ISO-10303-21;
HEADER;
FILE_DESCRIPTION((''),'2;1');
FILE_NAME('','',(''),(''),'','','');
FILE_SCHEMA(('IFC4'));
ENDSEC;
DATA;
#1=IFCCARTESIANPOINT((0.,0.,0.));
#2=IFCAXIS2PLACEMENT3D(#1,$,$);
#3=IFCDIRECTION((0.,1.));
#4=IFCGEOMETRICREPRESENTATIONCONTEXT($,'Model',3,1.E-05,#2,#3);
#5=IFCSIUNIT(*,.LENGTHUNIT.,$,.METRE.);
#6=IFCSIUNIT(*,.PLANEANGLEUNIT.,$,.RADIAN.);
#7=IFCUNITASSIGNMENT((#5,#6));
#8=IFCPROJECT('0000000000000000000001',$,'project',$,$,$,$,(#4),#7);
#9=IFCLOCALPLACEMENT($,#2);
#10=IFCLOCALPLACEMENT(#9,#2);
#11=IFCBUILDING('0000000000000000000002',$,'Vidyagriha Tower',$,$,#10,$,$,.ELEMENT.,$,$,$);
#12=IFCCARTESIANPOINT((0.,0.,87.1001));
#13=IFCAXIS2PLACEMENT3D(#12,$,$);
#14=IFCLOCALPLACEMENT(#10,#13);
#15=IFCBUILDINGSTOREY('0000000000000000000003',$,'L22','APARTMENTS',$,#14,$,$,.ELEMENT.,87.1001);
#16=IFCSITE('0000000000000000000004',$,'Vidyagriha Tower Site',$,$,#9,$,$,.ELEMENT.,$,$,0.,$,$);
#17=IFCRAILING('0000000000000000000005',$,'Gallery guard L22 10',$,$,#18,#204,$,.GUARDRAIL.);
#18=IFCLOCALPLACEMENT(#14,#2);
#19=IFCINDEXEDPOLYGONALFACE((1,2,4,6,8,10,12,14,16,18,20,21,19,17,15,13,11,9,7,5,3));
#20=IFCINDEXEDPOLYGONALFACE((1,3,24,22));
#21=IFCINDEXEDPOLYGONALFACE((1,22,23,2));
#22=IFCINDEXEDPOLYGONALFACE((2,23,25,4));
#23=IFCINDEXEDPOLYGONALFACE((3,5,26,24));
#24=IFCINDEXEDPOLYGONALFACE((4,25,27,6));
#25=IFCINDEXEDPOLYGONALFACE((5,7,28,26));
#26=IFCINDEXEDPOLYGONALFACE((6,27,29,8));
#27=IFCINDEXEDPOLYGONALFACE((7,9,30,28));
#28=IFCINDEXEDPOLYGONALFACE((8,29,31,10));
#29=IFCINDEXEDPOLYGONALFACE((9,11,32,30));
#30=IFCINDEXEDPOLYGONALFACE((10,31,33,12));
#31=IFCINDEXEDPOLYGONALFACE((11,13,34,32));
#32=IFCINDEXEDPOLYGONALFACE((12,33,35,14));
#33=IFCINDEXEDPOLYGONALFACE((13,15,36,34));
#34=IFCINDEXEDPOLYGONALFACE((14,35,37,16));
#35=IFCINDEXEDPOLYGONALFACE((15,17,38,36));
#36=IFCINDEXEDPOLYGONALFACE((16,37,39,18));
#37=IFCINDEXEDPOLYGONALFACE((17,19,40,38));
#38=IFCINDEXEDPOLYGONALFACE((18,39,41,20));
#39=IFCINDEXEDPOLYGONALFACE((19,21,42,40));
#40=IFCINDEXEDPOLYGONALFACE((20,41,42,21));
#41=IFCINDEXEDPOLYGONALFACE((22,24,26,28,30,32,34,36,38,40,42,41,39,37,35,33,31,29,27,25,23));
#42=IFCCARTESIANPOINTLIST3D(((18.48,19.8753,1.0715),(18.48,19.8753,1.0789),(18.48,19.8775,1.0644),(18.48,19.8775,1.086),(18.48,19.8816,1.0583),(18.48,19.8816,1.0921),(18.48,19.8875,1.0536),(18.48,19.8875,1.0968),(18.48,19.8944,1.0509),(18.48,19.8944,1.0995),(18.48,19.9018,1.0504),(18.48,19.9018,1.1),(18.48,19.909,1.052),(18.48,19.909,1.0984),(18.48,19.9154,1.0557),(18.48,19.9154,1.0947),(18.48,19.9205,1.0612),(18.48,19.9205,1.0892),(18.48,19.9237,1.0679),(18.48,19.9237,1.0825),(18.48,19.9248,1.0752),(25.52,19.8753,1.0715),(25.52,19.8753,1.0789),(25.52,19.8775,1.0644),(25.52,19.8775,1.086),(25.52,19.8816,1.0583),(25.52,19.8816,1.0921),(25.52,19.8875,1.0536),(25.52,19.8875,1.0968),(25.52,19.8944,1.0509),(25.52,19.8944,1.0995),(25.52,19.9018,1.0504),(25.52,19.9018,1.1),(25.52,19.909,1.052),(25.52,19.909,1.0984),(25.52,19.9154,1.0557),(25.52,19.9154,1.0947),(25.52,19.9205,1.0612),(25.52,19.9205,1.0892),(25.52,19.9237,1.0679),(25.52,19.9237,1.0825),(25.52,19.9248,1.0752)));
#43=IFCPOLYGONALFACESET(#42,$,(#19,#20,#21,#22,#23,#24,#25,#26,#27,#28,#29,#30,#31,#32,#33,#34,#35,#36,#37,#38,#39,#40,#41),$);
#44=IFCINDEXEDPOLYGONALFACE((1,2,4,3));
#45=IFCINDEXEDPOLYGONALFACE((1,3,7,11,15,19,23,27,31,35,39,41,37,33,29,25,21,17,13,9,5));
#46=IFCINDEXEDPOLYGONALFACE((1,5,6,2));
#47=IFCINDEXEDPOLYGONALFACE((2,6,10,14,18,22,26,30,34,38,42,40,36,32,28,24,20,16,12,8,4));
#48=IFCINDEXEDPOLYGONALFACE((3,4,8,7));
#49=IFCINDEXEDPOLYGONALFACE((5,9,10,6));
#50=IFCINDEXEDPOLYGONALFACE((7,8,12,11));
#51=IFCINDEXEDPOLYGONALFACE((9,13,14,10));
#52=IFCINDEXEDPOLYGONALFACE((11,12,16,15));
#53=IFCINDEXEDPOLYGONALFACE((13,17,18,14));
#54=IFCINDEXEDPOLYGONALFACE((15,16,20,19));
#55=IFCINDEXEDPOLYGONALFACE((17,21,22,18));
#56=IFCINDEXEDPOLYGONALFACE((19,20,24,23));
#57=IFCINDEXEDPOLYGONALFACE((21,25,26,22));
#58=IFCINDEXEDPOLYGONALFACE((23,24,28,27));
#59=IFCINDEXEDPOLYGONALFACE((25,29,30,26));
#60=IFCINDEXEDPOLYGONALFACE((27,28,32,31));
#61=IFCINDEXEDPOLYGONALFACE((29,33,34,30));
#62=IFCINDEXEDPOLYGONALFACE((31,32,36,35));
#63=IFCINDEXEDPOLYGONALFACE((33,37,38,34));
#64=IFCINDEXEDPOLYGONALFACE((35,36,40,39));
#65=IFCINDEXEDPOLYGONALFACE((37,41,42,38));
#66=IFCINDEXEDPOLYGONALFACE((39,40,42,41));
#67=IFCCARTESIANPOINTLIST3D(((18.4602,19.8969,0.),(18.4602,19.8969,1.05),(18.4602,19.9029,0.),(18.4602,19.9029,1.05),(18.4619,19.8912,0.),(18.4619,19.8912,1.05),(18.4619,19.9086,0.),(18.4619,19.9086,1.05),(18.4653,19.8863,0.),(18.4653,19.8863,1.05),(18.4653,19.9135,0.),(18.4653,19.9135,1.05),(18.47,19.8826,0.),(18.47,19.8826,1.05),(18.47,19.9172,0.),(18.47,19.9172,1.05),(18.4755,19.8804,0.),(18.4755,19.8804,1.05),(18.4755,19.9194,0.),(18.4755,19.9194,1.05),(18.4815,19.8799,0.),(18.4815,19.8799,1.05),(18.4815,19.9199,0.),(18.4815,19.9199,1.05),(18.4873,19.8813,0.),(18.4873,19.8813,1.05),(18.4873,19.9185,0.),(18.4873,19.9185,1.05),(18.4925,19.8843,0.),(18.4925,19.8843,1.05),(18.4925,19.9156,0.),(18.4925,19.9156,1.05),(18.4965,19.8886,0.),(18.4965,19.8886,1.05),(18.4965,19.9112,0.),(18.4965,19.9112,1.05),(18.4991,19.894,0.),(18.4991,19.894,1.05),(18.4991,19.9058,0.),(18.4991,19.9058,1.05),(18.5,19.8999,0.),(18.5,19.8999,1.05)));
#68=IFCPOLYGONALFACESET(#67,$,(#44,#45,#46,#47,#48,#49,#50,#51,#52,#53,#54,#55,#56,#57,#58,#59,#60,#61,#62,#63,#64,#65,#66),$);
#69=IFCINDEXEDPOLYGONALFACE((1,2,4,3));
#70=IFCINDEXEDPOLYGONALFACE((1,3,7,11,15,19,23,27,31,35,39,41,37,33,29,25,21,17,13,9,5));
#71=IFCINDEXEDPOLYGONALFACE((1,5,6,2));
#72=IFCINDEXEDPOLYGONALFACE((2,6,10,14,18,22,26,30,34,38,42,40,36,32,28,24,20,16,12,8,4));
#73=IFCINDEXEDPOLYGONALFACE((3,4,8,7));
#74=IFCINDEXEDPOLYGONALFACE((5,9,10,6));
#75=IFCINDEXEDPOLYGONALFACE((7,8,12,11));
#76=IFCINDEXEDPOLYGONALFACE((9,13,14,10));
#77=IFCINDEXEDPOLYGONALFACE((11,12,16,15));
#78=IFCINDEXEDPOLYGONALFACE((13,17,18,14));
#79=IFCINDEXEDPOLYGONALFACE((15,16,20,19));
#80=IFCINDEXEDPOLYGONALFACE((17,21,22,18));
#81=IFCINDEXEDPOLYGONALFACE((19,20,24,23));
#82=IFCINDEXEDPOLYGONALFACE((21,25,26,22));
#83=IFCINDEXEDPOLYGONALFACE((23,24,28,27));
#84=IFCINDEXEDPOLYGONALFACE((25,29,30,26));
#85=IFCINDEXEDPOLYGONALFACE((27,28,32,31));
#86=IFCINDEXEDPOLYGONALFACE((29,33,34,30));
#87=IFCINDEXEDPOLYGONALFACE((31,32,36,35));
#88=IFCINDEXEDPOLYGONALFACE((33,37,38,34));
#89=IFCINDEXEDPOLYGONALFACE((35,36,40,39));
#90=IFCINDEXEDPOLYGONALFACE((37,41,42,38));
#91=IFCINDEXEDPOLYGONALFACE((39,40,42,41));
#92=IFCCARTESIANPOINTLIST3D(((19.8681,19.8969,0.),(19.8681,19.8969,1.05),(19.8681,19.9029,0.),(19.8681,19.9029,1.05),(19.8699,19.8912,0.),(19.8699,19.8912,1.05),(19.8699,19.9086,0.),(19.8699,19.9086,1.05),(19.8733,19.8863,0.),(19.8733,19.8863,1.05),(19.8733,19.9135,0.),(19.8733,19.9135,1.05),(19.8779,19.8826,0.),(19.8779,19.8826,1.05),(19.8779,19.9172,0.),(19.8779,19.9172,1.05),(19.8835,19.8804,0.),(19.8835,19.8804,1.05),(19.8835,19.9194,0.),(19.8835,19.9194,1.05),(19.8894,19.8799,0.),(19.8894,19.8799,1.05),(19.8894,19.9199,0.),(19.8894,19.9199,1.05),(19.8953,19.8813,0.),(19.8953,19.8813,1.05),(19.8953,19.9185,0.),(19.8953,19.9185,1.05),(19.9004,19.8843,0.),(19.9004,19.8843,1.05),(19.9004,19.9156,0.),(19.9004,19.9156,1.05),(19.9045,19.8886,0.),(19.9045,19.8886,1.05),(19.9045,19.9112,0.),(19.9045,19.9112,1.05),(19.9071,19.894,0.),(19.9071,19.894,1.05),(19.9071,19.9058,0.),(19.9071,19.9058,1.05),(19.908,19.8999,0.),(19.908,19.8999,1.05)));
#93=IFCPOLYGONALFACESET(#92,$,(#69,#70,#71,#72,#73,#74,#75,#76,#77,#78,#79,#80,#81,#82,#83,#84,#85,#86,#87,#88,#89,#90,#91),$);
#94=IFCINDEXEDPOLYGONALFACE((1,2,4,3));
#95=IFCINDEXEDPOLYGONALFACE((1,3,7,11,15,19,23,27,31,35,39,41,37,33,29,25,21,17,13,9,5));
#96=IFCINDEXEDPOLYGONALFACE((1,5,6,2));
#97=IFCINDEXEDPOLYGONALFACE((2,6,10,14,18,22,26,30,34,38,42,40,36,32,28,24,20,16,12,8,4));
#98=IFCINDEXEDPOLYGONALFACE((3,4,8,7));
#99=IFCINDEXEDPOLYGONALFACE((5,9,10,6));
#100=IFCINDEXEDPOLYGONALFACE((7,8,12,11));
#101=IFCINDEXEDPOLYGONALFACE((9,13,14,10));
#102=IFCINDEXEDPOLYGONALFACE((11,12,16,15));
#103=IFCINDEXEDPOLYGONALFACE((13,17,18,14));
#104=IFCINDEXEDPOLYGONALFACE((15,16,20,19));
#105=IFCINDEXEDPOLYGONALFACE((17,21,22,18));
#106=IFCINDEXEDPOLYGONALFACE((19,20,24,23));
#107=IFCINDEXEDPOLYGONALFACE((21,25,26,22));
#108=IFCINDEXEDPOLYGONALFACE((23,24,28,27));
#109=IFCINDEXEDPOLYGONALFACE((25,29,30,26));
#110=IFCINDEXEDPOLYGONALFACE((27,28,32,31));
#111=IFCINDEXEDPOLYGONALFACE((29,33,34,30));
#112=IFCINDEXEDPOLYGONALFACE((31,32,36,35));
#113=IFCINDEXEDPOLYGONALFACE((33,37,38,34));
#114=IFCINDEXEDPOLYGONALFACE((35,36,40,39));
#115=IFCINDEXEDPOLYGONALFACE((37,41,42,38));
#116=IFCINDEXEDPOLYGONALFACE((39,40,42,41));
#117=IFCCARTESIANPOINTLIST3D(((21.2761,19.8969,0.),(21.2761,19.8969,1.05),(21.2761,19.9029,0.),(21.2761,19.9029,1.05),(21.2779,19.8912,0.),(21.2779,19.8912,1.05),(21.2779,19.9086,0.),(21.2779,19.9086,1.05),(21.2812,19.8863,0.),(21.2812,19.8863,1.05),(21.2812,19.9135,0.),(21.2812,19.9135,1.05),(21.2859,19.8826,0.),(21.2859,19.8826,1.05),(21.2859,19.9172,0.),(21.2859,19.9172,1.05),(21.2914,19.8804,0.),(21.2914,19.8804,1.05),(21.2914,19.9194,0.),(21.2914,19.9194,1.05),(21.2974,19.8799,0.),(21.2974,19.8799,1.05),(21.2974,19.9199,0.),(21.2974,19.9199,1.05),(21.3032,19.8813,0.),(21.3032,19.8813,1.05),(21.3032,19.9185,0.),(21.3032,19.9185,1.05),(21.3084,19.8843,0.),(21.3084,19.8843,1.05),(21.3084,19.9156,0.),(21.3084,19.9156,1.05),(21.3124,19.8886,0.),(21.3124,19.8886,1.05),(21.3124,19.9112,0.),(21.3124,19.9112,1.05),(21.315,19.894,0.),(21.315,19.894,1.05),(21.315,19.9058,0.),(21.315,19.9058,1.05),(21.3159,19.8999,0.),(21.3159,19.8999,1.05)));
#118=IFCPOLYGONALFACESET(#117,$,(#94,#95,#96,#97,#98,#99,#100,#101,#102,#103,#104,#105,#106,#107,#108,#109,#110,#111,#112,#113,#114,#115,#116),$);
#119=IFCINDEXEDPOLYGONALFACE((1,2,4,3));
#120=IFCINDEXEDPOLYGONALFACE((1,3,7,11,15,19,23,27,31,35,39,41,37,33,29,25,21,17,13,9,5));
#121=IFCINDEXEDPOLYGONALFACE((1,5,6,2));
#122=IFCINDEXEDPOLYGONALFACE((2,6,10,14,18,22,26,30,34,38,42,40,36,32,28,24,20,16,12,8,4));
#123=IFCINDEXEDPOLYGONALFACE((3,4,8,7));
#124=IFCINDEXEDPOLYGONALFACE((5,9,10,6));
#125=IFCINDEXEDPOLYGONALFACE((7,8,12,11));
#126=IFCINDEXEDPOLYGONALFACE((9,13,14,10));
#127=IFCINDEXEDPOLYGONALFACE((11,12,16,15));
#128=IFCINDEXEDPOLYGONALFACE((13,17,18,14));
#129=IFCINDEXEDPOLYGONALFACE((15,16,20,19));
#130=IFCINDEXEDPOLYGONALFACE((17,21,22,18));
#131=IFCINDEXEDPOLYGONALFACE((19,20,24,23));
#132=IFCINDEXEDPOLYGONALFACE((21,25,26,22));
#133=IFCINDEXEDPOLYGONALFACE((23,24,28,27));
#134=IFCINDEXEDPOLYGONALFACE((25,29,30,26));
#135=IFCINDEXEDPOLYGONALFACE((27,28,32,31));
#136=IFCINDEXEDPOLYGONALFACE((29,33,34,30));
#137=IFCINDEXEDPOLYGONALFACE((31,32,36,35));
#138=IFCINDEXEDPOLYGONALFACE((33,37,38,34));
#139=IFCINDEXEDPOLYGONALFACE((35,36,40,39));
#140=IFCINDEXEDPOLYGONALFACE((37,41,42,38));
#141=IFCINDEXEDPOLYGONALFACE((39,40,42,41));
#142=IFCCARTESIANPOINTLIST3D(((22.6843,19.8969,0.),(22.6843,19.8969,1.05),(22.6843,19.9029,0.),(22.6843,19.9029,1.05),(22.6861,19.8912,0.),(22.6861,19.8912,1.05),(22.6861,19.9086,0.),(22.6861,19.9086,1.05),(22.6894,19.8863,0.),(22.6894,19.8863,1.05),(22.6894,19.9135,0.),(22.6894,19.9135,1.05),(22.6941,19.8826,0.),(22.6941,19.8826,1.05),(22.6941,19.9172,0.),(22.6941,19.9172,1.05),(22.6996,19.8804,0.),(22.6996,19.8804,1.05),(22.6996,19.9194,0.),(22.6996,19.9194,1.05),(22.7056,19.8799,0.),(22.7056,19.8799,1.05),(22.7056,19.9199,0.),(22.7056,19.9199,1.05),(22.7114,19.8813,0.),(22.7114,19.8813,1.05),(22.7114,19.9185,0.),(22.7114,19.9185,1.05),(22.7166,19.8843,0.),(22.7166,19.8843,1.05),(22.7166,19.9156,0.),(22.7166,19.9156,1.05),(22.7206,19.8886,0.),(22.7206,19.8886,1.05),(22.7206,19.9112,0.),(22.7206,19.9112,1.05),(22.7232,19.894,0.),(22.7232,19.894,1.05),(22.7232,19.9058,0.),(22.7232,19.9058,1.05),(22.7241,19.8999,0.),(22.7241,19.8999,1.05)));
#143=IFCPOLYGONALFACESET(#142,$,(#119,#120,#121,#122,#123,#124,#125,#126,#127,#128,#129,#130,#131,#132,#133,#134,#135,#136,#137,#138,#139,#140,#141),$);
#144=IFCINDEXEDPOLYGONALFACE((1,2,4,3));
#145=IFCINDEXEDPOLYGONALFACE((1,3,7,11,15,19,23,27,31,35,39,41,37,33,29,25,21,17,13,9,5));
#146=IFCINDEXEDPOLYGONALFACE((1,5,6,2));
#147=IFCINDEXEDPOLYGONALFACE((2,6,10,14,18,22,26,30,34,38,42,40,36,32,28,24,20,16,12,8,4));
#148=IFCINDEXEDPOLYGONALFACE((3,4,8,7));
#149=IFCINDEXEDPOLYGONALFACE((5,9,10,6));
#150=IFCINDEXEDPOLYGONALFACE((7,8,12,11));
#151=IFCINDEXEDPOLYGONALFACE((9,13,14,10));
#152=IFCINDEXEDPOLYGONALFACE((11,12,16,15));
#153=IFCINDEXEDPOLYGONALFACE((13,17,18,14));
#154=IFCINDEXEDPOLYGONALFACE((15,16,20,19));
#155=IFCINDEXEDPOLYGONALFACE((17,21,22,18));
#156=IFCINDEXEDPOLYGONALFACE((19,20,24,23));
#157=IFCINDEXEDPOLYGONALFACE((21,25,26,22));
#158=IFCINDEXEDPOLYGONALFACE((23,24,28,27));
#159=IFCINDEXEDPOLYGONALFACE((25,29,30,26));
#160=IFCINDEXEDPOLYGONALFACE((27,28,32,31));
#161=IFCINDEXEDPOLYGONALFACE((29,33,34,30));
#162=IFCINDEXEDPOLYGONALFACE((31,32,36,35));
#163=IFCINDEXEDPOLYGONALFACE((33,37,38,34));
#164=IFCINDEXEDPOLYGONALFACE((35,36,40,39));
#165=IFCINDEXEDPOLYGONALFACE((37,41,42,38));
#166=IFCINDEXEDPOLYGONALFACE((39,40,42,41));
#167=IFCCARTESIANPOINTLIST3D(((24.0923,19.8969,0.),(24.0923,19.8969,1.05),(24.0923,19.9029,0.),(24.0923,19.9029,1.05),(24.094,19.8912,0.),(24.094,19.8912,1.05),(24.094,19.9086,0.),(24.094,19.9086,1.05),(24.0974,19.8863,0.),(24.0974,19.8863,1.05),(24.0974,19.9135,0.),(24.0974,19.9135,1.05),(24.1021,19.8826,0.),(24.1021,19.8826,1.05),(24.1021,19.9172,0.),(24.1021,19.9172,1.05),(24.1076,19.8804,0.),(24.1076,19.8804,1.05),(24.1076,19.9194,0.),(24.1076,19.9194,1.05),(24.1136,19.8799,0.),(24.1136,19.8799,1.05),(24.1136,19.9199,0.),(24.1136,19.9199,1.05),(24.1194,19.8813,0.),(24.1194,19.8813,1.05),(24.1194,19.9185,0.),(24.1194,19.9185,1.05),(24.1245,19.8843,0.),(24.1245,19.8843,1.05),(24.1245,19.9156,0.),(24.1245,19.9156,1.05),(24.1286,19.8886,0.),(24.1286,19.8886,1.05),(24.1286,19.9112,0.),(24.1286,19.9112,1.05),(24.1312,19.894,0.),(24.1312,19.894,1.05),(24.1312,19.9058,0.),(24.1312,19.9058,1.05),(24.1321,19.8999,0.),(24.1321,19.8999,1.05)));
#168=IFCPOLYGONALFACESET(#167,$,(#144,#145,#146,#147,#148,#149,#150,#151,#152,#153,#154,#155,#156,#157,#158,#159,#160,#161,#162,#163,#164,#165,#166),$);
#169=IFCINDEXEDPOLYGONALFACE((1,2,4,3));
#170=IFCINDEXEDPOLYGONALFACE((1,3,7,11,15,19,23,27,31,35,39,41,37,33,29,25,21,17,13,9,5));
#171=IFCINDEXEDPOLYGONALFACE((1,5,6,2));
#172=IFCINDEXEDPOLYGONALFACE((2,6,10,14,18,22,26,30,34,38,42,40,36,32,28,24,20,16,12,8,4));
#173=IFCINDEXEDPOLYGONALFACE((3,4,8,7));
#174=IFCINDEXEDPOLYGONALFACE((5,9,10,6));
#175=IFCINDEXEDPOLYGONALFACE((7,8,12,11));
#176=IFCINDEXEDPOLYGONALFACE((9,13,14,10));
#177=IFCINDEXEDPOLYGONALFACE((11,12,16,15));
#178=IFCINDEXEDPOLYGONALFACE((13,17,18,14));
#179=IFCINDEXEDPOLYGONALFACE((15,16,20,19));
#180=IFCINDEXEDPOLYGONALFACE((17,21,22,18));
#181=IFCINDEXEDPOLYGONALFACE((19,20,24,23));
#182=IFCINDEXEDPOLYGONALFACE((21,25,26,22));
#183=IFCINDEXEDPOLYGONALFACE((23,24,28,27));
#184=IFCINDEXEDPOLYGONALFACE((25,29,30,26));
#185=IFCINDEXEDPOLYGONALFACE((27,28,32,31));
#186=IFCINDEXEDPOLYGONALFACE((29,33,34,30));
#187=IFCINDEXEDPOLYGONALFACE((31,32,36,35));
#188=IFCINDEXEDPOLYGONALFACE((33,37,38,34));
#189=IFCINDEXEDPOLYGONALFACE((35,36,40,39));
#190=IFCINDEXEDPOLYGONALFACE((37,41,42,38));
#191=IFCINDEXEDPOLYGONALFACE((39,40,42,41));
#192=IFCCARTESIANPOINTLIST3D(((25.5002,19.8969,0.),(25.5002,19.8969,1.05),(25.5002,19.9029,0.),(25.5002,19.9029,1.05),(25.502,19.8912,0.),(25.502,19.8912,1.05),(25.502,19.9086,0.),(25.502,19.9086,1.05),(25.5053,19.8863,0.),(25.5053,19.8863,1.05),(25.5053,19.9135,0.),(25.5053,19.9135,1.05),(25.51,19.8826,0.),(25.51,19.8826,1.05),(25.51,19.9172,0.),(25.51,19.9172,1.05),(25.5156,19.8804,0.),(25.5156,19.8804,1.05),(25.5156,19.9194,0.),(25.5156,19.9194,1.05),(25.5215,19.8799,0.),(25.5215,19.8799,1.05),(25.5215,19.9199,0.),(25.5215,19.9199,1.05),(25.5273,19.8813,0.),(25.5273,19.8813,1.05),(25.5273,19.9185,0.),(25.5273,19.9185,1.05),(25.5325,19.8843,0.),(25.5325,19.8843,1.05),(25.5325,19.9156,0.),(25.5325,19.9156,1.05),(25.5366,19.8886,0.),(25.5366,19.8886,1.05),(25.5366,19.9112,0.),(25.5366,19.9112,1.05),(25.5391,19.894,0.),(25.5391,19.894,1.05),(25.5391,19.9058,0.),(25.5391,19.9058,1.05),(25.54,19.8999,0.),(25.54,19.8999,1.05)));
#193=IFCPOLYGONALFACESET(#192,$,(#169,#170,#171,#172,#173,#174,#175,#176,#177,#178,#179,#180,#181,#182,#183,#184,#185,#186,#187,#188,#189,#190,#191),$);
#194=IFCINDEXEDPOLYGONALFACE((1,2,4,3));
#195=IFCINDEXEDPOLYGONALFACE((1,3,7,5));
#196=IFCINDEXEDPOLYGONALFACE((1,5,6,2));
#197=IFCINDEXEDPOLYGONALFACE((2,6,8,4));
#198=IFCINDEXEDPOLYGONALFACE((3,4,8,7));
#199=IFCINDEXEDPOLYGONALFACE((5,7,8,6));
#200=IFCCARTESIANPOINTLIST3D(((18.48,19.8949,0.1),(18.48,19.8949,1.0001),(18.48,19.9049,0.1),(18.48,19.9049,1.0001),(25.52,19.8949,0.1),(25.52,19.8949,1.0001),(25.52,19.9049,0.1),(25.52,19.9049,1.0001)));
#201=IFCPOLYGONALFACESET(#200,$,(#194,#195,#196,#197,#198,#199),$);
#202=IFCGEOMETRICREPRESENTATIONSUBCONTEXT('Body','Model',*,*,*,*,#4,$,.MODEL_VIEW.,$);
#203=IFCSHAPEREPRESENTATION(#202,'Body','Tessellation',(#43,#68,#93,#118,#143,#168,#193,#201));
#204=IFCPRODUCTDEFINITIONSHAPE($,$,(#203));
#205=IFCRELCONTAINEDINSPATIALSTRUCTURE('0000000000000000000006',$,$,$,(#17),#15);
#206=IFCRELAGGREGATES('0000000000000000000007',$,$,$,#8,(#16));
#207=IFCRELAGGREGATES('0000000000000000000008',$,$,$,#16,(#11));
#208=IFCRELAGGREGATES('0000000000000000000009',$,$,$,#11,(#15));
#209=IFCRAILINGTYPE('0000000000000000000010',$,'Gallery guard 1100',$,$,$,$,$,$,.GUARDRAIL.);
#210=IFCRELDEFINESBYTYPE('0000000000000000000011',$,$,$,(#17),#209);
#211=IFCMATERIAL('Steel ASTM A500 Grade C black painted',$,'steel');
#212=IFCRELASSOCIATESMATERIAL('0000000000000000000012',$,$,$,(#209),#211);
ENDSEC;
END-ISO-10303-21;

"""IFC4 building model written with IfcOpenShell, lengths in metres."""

from ifc_helpers import new_model, si_unit, direction, frame, origin, origin_2d, place, context, subcontext, project, spatial, rectangle, circle, extrude, material, type_object, element, save


model = new_model("IFC4")

# Units and contexts
model_context = context("Model", 3, precision=1e-05, world=origin(), true_north=direction((0.0, 1.0)))
body_context = subcontext(model_context, "Body", "Model", "MODEL_VIEW")
ifc_project = project(units=[si_unit("LENGTHUNIT", "METRE"), si_unit("PLANEANGLEUNIT", "RADIAN")], contexts=[model_context])

# Site, building, storey
site_placement = place(None, origin())
site = spatial("IfcSite", under=ifc_project, at=site_placement, Name="Vidyagriha Tower Site", CompositionType="ELEMENT", RefElevation=0.0)
building_placement = place(site_placement, origin())
building = spatial("IfcBuilding", under=site, at=building_placement, Name="Vidyagriha Tower", CompositionType="ELEMENT")
storey_placement = place(building_placement, frame((0.0, 0.0, 87.1001)))
storey = spatial("IfcBuildingStorey", under=building, at=storey_placement, Name="L22", Description="APARTMENTS", CompositionType="ELEMENT", Elevation=87.1001)

# Railing
ifc_material_1 = material(Name="Steel ASTM A500 Grade C black painted", Category="steel")
railing_type = type_object("IfcRailingType", Name="Gallery guard 1100", PredefinedType="GUARDRAIL", material=ifc_material_1)
railing_1_placement = place(storey_placement, frame((18.48, 19.8999, 0.0)))
element("IfcRailing", 1, at=railing_1_placement, inside=storey, type_object=railing_type, Name="Gallery guard L22 10", PredefinedType="GUARDRAIL", context=body_context, shape_type="SweptSolid", body=[
    extrude(circle(Radius=0.0249, at=origin_2d()), frame((0.0, 0.0, 1.0752), z_axis=(1.0, 0.0, 0.0), x_axis=(0.0, 1.0, 0.0)), (0.0, 0.0, 1.0), 7.04),
    extrude(circle(Radius=0.02, at=origin_2d()), origin(), (0.0, 0.0, 1.0), 1.05),
    extrude(circle(Radius=0.02, at=origin_2d()), frame((1.408, 0.0, 0.0)), (0.0, 0.0, 1.0), 1.05),
    extrude(circle(Radius=0.02, at=origin_2d()), frame((2.8159, 0.0, 0.0)), (0.0, 0.0, 1.0), 1.05),
    extrude(circle(Radius=0.02, at=origin_2d()), frame((4.2241, 0.0, 0.0)), (0.0, 0.0, 1.0), 1.05),
    extrude(circle(Radius=0.02, at=origin_2d()), frame((5.6321, 0.0, 0.0)), (0.0, 0.0, 1.0), 1.05),
    extrude(circle(Radius=0.02, at=origin_2d()), frame((7.04, 0.0, 0.0)), (0.0, 0.0, 1.0), 1.05),
    extrude(rectangle(XDim=0.01, YDim=0.9001, at=origin_2d()), frame((0.0, 0.0, 0.55), z_axis=(1.0, 0.0, 0.0), x_axis=(0.0, 1.0, 0.0)), (0.0, 0.0, 1.0), 7.04),
])

save(model, "model.ifc")
